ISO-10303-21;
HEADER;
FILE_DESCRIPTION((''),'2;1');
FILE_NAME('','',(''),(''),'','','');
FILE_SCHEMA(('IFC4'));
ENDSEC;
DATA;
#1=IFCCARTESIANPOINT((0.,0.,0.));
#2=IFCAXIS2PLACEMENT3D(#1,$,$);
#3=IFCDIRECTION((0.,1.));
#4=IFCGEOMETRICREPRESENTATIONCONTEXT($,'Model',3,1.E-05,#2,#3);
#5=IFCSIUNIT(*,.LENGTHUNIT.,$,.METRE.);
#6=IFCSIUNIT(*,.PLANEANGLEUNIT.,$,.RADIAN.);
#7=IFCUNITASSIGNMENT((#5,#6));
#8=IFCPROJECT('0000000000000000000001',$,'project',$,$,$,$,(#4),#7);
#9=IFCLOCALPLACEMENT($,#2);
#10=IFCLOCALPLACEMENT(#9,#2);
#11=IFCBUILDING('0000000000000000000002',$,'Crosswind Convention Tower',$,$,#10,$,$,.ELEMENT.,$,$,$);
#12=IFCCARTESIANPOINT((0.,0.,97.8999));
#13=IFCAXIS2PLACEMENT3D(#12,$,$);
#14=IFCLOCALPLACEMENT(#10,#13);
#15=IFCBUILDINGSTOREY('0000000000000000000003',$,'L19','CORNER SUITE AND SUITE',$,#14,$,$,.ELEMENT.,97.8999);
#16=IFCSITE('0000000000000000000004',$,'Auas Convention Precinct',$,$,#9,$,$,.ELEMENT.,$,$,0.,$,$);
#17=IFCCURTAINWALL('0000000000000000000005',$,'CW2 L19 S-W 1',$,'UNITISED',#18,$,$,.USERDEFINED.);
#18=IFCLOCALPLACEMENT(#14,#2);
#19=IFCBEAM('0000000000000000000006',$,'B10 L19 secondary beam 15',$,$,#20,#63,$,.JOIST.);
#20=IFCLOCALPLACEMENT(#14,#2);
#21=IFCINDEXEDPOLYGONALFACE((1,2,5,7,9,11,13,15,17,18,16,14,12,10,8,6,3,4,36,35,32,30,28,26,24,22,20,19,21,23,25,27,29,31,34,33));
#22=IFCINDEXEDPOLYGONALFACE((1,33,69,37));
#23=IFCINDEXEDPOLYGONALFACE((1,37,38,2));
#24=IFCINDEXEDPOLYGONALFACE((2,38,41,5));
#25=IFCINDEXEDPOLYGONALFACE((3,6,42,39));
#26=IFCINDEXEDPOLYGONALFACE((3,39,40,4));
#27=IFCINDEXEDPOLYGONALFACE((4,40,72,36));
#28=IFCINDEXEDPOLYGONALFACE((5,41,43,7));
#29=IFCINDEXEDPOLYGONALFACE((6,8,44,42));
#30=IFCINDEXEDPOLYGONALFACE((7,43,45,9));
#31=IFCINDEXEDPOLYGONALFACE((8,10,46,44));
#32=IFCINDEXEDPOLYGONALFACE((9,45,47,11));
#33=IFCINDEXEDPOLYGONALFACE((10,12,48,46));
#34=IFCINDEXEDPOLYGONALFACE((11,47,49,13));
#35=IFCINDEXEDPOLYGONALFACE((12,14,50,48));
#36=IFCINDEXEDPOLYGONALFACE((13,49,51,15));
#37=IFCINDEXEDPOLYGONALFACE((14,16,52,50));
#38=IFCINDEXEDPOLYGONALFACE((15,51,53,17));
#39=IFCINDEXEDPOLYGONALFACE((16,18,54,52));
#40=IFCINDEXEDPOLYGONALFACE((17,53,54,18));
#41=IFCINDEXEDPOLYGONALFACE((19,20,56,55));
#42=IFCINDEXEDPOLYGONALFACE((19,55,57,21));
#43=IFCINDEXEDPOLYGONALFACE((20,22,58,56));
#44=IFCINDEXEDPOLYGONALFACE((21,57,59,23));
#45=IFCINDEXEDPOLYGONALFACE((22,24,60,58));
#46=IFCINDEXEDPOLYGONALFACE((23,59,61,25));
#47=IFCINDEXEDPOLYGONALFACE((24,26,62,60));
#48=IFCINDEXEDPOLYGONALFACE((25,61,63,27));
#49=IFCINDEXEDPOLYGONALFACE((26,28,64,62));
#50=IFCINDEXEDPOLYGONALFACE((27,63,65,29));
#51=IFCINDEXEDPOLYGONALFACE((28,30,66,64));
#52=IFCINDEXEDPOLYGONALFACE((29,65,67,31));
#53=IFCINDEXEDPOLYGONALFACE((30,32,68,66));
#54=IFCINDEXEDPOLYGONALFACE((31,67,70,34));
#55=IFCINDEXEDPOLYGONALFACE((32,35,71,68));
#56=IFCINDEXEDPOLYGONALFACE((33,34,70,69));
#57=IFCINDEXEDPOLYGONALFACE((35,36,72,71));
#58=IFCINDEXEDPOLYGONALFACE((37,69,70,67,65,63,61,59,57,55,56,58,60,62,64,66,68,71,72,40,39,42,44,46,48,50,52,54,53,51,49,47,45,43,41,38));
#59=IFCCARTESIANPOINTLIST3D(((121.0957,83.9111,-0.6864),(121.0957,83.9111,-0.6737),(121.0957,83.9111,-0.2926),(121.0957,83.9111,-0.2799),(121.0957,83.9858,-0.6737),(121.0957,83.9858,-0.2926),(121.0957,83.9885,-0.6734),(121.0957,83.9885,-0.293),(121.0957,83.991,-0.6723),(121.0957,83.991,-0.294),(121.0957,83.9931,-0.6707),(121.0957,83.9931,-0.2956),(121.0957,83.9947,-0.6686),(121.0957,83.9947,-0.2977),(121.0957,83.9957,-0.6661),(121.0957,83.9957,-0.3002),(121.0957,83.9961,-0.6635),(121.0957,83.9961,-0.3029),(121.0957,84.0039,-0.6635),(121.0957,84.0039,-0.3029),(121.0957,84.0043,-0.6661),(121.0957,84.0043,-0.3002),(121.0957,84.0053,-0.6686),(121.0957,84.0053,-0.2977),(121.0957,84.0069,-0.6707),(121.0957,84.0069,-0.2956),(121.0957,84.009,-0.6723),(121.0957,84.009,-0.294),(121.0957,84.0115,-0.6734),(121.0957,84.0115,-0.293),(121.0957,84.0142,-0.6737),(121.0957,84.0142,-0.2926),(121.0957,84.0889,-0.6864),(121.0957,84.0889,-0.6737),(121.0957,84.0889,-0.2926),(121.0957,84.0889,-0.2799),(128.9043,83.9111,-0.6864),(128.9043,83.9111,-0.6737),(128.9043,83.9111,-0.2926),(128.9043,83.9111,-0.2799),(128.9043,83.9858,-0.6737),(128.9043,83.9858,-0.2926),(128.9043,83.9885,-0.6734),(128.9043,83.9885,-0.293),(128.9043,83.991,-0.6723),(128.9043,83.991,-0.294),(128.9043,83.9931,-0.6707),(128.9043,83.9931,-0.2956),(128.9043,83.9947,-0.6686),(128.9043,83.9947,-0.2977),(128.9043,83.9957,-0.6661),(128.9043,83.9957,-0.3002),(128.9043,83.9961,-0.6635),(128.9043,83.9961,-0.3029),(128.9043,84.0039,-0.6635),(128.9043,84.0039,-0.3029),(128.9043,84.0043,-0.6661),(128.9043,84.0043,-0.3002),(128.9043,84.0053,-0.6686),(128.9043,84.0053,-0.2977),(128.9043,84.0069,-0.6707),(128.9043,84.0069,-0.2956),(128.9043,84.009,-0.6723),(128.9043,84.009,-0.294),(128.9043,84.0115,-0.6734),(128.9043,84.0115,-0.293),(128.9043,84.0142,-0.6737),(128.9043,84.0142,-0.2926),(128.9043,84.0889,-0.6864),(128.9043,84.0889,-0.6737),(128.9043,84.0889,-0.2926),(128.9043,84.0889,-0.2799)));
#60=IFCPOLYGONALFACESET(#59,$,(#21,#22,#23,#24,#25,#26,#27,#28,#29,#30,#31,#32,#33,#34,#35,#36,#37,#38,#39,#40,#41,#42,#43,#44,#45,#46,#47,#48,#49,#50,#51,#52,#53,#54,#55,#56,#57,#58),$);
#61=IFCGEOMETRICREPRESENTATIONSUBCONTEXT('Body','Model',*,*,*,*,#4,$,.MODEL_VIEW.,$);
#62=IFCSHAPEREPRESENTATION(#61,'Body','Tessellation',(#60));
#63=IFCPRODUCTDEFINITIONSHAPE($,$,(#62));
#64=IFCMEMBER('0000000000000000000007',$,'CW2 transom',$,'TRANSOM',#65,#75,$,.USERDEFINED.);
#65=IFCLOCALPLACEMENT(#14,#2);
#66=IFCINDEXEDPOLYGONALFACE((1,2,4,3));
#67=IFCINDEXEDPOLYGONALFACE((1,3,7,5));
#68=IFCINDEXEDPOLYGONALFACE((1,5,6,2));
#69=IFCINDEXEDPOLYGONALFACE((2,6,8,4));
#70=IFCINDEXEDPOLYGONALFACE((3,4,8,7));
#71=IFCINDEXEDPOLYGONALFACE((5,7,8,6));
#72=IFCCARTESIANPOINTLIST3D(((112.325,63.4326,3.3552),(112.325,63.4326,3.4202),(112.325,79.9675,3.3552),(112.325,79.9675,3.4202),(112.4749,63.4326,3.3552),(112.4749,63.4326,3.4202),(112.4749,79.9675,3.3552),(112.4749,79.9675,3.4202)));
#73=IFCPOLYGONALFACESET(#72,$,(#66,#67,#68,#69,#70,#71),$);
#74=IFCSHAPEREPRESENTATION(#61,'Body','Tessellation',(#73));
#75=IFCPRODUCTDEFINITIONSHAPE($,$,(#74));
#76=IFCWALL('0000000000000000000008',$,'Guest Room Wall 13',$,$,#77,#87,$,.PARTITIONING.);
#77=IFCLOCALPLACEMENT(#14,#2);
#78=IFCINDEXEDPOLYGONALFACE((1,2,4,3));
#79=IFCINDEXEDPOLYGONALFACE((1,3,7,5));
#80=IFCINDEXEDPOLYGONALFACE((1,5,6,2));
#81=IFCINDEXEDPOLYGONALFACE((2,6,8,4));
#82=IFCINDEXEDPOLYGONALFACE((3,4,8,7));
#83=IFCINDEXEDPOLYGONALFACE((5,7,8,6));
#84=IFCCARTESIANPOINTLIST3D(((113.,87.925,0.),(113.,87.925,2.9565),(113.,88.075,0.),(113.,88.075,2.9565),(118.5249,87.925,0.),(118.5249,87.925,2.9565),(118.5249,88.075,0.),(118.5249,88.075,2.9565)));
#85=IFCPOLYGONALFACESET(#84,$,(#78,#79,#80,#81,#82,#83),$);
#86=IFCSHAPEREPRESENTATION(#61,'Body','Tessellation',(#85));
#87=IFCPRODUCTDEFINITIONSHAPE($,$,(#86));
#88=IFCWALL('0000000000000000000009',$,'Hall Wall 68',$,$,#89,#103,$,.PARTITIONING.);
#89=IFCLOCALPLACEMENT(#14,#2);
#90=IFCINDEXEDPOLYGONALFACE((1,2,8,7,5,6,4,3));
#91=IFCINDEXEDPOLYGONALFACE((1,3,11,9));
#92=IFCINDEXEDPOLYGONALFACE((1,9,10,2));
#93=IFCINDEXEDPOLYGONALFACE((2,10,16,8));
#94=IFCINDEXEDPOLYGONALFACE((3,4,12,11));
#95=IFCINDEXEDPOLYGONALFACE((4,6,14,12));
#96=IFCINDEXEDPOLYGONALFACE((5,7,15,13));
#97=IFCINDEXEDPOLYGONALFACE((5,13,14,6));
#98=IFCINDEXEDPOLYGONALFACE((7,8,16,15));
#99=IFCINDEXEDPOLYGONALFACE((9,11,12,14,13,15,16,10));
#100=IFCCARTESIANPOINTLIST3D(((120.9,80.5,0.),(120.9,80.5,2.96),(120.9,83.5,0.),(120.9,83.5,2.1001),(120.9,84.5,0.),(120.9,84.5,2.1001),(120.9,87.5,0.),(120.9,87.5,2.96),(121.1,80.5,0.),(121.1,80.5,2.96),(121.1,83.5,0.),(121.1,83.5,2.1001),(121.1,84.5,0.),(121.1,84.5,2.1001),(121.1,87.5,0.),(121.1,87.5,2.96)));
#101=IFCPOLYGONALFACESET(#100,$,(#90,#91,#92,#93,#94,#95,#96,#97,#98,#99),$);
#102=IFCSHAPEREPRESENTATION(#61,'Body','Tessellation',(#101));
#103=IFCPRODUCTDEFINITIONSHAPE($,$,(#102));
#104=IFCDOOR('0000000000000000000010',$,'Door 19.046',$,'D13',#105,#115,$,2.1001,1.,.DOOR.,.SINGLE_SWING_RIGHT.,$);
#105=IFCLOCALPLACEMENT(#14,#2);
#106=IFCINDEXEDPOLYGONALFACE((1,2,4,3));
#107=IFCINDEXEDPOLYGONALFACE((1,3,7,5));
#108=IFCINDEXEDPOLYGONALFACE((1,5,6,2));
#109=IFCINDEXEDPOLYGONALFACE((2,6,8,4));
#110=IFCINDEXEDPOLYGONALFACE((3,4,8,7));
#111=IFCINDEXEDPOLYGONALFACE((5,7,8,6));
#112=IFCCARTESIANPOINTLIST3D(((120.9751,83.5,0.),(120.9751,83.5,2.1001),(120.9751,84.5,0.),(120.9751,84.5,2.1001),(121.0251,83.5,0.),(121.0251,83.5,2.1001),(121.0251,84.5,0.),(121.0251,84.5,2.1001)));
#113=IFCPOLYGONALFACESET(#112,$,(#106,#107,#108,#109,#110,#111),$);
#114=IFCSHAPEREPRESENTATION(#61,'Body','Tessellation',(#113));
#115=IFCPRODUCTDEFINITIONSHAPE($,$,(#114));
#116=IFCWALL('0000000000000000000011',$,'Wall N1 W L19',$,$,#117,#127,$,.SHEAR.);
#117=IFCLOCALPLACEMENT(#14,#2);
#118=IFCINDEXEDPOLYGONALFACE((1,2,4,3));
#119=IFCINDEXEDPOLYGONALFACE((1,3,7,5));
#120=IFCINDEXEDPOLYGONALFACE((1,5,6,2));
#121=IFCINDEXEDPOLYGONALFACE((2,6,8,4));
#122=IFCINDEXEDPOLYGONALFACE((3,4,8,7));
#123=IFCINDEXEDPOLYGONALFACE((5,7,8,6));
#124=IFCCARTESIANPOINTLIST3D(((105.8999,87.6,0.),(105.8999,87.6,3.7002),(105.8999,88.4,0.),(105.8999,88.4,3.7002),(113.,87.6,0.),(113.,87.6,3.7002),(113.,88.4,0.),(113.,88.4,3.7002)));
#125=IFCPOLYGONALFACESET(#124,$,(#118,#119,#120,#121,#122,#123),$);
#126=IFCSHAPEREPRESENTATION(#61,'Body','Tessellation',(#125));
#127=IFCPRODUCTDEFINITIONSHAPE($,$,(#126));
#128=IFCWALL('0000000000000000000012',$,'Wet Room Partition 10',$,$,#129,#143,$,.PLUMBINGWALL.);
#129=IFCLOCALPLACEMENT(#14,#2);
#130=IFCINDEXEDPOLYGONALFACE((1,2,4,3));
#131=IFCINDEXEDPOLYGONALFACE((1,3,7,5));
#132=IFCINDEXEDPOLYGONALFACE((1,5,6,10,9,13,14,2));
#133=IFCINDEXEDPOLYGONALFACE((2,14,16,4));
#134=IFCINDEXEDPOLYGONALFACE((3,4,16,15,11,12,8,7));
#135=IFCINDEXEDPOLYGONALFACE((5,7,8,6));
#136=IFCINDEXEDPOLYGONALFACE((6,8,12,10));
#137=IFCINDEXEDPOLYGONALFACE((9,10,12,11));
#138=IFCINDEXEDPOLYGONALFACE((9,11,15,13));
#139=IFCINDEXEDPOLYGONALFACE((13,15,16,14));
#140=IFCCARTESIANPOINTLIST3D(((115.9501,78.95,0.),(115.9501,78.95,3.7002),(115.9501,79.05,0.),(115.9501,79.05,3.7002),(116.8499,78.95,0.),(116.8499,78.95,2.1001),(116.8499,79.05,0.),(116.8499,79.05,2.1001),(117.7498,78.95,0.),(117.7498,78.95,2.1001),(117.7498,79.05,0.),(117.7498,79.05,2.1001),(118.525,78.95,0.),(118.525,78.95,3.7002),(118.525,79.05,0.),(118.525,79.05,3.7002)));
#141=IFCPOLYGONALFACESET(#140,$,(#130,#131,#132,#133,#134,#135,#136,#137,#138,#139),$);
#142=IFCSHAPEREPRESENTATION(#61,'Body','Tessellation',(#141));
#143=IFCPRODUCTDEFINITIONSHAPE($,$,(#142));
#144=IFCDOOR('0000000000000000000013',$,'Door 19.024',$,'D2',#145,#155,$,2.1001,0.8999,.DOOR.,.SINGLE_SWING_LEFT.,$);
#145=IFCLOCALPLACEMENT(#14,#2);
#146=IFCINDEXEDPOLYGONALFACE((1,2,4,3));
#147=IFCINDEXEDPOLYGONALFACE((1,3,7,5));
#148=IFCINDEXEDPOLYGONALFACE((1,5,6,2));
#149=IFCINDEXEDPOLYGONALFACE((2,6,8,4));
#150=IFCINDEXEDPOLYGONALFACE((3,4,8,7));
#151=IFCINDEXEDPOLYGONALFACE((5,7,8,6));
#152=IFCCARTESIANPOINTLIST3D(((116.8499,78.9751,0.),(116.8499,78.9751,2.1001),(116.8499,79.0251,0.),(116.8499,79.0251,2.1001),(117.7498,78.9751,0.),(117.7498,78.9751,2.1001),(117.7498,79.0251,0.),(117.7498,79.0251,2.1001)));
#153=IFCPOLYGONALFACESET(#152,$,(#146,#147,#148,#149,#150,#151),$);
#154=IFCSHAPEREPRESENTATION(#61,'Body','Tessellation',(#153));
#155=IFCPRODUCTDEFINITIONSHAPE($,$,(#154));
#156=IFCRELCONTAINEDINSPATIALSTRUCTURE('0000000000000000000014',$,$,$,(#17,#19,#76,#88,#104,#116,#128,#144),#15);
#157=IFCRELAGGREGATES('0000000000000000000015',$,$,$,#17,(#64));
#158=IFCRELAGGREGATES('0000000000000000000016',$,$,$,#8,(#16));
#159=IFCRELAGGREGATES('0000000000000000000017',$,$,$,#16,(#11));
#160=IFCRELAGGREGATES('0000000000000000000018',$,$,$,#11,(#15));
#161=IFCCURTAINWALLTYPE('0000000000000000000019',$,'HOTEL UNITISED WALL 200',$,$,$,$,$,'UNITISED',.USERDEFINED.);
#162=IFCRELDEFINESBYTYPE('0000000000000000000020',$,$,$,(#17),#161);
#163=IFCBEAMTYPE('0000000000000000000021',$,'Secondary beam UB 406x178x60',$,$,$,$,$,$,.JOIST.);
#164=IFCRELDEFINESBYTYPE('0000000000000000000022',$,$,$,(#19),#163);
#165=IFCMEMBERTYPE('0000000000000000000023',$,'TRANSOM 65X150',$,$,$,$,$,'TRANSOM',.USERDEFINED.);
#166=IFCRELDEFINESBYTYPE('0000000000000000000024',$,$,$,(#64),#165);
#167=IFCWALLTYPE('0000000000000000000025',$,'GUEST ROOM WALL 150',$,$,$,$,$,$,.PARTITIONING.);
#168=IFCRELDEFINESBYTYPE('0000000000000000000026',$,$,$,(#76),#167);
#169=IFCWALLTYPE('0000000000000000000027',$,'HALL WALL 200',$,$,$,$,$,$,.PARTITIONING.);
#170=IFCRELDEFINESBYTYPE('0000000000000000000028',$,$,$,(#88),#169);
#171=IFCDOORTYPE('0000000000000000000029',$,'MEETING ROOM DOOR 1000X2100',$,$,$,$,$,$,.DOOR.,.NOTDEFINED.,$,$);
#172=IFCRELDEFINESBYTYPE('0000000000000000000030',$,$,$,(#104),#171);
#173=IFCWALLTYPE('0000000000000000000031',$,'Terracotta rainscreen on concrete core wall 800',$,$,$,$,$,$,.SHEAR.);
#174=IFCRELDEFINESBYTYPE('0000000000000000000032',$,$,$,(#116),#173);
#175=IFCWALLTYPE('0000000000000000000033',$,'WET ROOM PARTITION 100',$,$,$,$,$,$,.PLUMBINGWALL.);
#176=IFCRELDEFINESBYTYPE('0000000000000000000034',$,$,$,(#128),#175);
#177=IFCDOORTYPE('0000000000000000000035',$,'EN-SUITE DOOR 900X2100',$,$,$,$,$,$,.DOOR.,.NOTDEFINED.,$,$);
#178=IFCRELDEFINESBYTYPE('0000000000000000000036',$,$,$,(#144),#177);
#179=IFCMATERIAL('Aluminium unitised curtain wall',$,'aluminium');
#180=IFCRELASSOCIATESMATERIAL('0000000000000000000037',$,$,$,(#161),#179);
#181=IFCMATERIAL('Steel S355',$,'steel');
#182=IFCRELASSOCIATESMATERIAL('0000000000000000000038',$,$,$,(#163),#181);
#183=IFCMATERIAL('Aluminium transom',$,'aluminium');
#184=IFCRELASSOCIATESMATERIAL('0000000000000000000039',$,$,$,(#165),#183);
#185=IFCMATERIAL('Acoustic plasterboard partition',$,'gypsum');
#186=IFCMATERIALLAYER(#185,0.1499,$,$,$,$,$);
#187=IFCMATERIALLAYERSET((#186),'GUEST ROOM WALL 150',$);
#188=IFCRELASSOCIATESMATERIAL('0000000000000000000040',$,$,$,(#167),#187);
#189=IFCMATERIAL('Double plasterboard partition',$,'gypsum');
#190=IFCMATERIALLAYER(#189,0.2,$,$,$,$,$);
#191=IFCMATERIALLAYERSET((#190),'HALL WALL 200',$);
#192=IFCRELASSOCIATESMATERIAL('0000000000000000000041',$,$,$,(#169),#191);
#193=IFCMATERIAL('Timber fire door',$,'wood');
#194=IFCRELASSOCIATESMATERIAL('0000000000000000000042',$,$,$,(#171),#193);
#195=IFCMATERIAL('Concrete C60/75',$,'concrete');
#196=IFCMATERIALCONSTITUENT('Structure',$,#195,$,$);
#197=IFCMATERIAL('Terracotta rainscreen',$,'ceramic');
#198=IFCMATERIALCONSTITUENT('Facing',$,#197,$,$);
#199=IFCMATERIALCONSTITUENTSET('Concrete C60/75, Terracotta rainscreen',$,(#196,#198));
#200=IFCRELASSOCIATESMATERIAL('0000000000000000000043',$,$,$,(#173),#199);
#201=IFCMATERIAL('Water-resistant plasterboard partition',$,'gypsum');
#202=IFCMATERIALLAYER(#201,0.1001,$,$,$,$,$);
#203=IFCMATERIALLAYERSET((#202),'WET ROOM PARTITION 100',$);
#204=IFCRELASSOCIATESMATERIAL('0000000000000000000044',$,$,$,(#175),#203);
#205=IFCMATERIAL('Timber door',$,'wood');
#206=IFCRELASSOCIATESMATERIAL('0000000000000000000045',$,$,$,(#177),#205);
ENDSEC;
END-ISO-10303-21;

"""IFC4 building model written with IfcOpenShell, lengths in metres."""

from ifc_helpers import new_model, si_unit, direction, frame, frame_2d, origin, origin_2d, place, context, subcontext, project, spatial, rectangle, i_section, extrude, material, layer, layer_set, constituent, constituent_set, material_profile, profile_set, type_object, element, fill, aggregate, save


model = new_model("IFC4")

# Units and contexts
model_context = context("Model", 3, precision=1e-05, world=origin(), true_north=direction((0.0, 1.0)))
body_context = subcontext(model_context, "Body", "Model", "MODEL_VIEW")
ifc_project = project(units=[si_unit("LENGTHUNIT", "METRE"), si_unit("PLANEANGLEUNIT", "RADIAN")], contexts=[model_context])

# Site, building, storey
site_placement = place(None, origin())
site = spatial("IfcSite", under=ifc_project, at=site_placement, Name="Auas Convention Precinct", CompositionType="ELEMENT", RefElevation=0.0)
building_placement = place(site_placement, origin())
building = spatial("IfcBuilding", under=site, at=building_placement, Name="Crosswind Convention Tower", CompositionType="ELEMENT")
storey_placement = place(building_placement, frame((0.0, 0.0, 97.8999)))
storey = spatial("IfcBuildingStorey", under=building, at=storey_placement, Name="L19", Description="CORNER SUITE AND SUITE", CompositionType="ELEMENT", Elevation=97.8999)

# Shared definitions
ifc_material_1 = material(Name="Concrete C60/75", Category="concrete")

# Shared definitions
ifc_material_2 = material(Name="Steel S355", Category="steel")

# Curtain wall
ifc_material_3 = material(Name="Aluminium unitised curtain wall", Category="aluminium")
curtain_wall_type = type_object("IfcCurtainWallType", Name="HOTEL UNITISED WALL 200", ElementType="UNITISED", PredefinedType="USERDEFINED", material=ifc_material_3)
curtain_wall_placement = place(storey_placement, origin())
curtain_wall = element("IfcCurtainWall", 1, at=curtain_wall_placement, inside=storey, type_object=curtain_wall_type, Name="CW2 L19 S-W 1", ObjectType="UNITISED", PredefinedType="USERDEFINED")

# Beam
ifc_material_profile_1 = material_profile(ifc_material_2, i_section(OverallWidth=0.1777, OverallDepth=0.4065, WebThickness=0.0078, FlangeThickness=0.0127, FilletRadius=0.0103, at=origin_2d()), Name="UB 406x178x60")
ifc_profile_set_1 = profile_set([ifc_material_profile_1], Name="Steel S355")
beam_type_1 = type_object("IfcBeamType", Name="Secondary beam UB 406x178x60", PredefinedType="JOIST", material=ifc_profile_set_1)
beam_1_placement = place(storey_placement, frame((121.0957, 84.0, -0.4832), z_axis=(1.0, 0.0, 0.0), x_axis=(0.0, 1.0, 0.0)))
element("IfcBeam", 2, at=beam_1_placement, inside=storey, type_object=beam_type_1, Name="B10 L19 secondary beam 15", PredefinedType="JOIST", context=body_context, shape_type="SweptSolid", body=[
    extrude(i_section(OverallWidth=0.1777, OverallDepth=0.4065, WebThickness=0.0078, FlangeThickness=0.0127, FilletRadius=0.0103, at=origin_2d()), origin(), (0.0, 0.0, 1.0), 7.8086),
])

# Member
ifc_material_4 = material(Name="Aluminium transom", Category="aluminium")
ifc_material_profile_2 = material_profile(ifc_material_4, rectangle(XDim=0.1499, YDim=0.0649, at=origin_2d()), Name="AL 150X65")
ifc_profile_set_2 = profile_set([ifc_material_profile_2], Name="Aluminium transom")
member_type_1 = type_object("IfcMemberType", Name="TRANSOM 65X150", ElementType="TRANSOM", PredefinedType="USERDEFINED", material=ifc_profile_set_2)
member_1_placement = place(storey_placement, frame((112.3999, 79.9675, 3.3877), z_axis=(0.0, -1.0, 0.0), x_axis=(1.0, 0.0, 0.0)))
member_1 = element("IfcMember", 3, at=member_1_placement, type_object=member_type_1, Name="CW2 transom", ObjectType="TRANSOM", PredefinedType="USERDEFINED", context=body_context, shape_type="SweptSolid", body=[
    extrude(rectangle(XDim=0.1499, YDim=0.0649, at=origin_2d()), origin(), (0.0, 0.0, 1.0), 16.5349),
])
aggregate(curtain_wall, [member_1])

# Wall
ifc_material_5 = material(Name="Acoustic plasterboard partition", Category="gypsum")
ifc_layer_1 = layer(ifc_material_5, 0.1499)
ifc_layer_set_1 = layer_set([ifc_layer_1], Name="GUEST ROOM WALL 150")
wall_type_1 = type_object("IfcWallType", Name="GUEST ROOM WALL 150", PredefinedType="PARTITIONING", material=ifc_layer_set_1)
wall_1_placement = place(storey_placement, frame((113.0, 88.0, 0.0), z_axis=(0.0, 0.0, 1.0), x_axis=(1.0, 0.0, 0.0)))
element("IfcWall", 4, at=wall_1_placement, inside=storey, type_object=wall_type_1, Name="Guest Room Wall 13", PredefinedType="PARTITIONING", context=body_context, shape_type="SweptSolid", body=[
    extrude(rectangle(XDim=5.5249, YDim=0.1499, at=frame_2d((2.7625, 0.0))), origin(), (0.0, 0.0, 1.0), 2.9565),
])

# Wall, opening, door
ifc_material_6 = material(Name="Double plasterboard partition", Category="gypsum")
ifc_layer_2 = layer(ifc_material_6, 0.2)
ifc_layer_set_2 = layer_set([ifc_layer_2], Name="HALL WALL 200")
wall_type_2 = type_object("IfcWallType", Name="HALL WALL 200", PredefinedType="PARTITIONING", material=ifc_layer_set_2)
wall_2_placement = place(storey_placement, frame((121.0, 80.5, 0.0), z_axis=(0.0, 0.0, 1.0), x_axis=(0.0, 1.0, 0.0)))
wall_2 = element("IfcWall", 5, at=wall_2_placement, inside=storey, type_object=wall_type_2, Name="Hall Wall 68", PredefinedType="PARTITIONING", context=body_context, shape_type="SweptSolid", body=[
    extrude(rectangle(XDim=7.0, YDim=0.2, at=frame_2d((3.5, 0.0))), origin(), (0.0, 0.0, 1.0), 2.96),
])
opening_1_placement = place(wall_2_placement, frame((3.0, 0.0, 0.0)))
opening_1 = element("IfcOpeningElement", 6, at=opening_1_placement, cuts=wall_2, PredefinedType="OPENING", context=body_context, shape_type="SweptSolid", body=[
    extrude(rectangle(XDim=1.0, YDim=2.1001, at=frame_2d((0.5, 1.05))), frame((0.0, 0.1099, 0.0), z_axis=(0.0, -1.0, 0.0), x_axis=(1.0, 0.0, 0.0)), (0.0, 0.0, 1.0), 0.22),
])
ifc_material_7 = material(Name="Timber fire door", Category="wood")
door_type_1 = type_object("IfcDoorType", Name="MEETING ROOM DOOR 1000X2100", OperationType="NOTDEFINED", PredefinedType="DOOR", material=ifc_material_7)
door_1_placement = place(opening_1_placement, origin())
door_1 = element("IfcDoor", 7, at=door_1_placement, inside=storey, type_object=door_type_1, Name="Door 19.046", ObjectType="D13", OperationType="SINGLE_SWING_RIGHT", OverallHeight=2.1001, OverallWidth=1.0, PredefinedType="DOOR", context=body_context, shape_type="SweptSolid", body=[
    extrude(rectangle(XDim=1.0, YDim=2.1001, at=frame_2d((0.5, 1.05))), frame((0.0, 0.0249, 0.0), z_axis=(0.0, -1.0, 0.0), x_axis=(1.0, 0.0, 0.0)), (0.0, 0.0, 1.0), 0.05),
])
fill(opening_1, door_1)
ifc_material_8 = material(Name="Terracotta rainscreen", Category="ceramic")

# Wall
ifc_constituent_1 = constituent(ifc_material_1, Name="Structure")
ifc_constituent_2 = constituent(ifc_material_8, Name="Facing")
ifc_constituent_set = constituent_set(constituents=[ifc_constituent_1, ifc_constituent_2], Name="Concrete C60/75, Terracotta rainscreen")
wall_type_3 = type_object("IfcWallType", Name="Terracotta rainscreen on concrete core wall 800", PredefinedType="SHEAR", material=ifc_constituent_set)
wall_3_placement = place(storey_placement, frame((113.0, 88.0, 0.0), z_axis=(0.0, 0.0, 1.0), x_axis=(-1.0, 0.0, 0.0)))
element("IfcWall", 8, at=wall_3_placement, inside=storey, type_object=wall_type_3, Name="Wall N1 W L19", PredefinedType="SHEAR", context=body_context, shape_type="SweptSolid", body=[
    extrude(rectangle(XDim=7.1001, YDim=0.8, at=frame_2d((3.55, 0.0))), origin(), (0.0, 0.0, 1.0), 3.7002),
])

# Wall, opening, door
ifc_material_9 = material(Name="Water-resistant plasterboard partition", Category="gypsum")
ifc_layer_3 = layer(ifc_material_9, 0.1001)
ifc_layer_set_3 = layer_set([ifc_layer_3], Name="WET ROOM PARTITION 100")
wall_type_4 = type_object("IfcWallType", Name="WET ROOM PARTITION 100", PredefinedType="PLUMBINGWALL", material=ifc_layer_set_3)
wall_4_placement = place(storey_placement, frame((115.95, 79.0, 0.0), z_axis=(0.0, 0.0, 1.0), x_axis=(1.0, 0.0, 0.0)))
wall_4 = element("IfcWall", 9, at=wall_4_placement, inside=storey, type_object=wall_type_4, Name="Wet Room Partition 10", PredefinedType="PLUMBINGWALL", context=body_context, shape_type="SweptSolid", body=[
    extrude(rectangle(XDim=2.575, YDim=0.1001, at=frame_2d((1.2876, 0.0))), origin(), (0.0, 0.0, 1.0), 3.7002),
])
opening_2_placement = place(wall_4_placement, frame((0.8999, 0.0, 0.0)))
opening_2 = element("IfcOpeningElement", 10, at=opening_2_placement, cuts=wall_4, PredefinedType="OPENING", context=body_context, shape_type="SweptSolid", body=[
    extrude(rectangle(XDim=0.8999, YDim=2.1001, at=frame_2d((0.45, 1.05))), frame((0.0, 0.0601, 0.0), z_axis=(0.0, -1.0, 0.0), x_axis=(1.0, 0.0, 0.0)), (0.0, 0.0, 1.0), 0.1201),
])
ifc_material_10 = material(Name="Timber door", Category="wood")
door_type_2 = type_object("IfcDoorType", Name="EN-SUITE DOOR 900X2100", OperationType="NOTDEFINED", PredefinedType="DOOR", material=ifc_material_10)
door_2_placement = place(opening_2_placement, frame((0.8999, 0.0, 0.0), z_axis=(0.0, 0.0, 1.0), x_axis=(-1.0, 0.0, 0.0)))
door_2 = element("IfcDoor", 11, at=door_2_placement, inside=storey, type_object=door_type_2, Name="Door 19.024", ObjectType="D2", OperationType="SINGLE_SWING_LEFT", OverallHeight=2.1001, OverallWidth=0.8999, PredefinedType="DOOR", context=body_context, shape_type="SweptSolid", body=[
    extrude(rectangle(XDim=0.8999, YDim=2.1001, at=frame_2d((0.45, 1.05))), frame((0.0, 0.0249, 0.0), z_axis=(0.0, -1.0, 0.0), x_axis=(1.0, 0.0, 0.0)), (0.0, 0.0, 1.0), 0.05),
])
fill(opening_2, door_2)

save(model, "model.ifc")
